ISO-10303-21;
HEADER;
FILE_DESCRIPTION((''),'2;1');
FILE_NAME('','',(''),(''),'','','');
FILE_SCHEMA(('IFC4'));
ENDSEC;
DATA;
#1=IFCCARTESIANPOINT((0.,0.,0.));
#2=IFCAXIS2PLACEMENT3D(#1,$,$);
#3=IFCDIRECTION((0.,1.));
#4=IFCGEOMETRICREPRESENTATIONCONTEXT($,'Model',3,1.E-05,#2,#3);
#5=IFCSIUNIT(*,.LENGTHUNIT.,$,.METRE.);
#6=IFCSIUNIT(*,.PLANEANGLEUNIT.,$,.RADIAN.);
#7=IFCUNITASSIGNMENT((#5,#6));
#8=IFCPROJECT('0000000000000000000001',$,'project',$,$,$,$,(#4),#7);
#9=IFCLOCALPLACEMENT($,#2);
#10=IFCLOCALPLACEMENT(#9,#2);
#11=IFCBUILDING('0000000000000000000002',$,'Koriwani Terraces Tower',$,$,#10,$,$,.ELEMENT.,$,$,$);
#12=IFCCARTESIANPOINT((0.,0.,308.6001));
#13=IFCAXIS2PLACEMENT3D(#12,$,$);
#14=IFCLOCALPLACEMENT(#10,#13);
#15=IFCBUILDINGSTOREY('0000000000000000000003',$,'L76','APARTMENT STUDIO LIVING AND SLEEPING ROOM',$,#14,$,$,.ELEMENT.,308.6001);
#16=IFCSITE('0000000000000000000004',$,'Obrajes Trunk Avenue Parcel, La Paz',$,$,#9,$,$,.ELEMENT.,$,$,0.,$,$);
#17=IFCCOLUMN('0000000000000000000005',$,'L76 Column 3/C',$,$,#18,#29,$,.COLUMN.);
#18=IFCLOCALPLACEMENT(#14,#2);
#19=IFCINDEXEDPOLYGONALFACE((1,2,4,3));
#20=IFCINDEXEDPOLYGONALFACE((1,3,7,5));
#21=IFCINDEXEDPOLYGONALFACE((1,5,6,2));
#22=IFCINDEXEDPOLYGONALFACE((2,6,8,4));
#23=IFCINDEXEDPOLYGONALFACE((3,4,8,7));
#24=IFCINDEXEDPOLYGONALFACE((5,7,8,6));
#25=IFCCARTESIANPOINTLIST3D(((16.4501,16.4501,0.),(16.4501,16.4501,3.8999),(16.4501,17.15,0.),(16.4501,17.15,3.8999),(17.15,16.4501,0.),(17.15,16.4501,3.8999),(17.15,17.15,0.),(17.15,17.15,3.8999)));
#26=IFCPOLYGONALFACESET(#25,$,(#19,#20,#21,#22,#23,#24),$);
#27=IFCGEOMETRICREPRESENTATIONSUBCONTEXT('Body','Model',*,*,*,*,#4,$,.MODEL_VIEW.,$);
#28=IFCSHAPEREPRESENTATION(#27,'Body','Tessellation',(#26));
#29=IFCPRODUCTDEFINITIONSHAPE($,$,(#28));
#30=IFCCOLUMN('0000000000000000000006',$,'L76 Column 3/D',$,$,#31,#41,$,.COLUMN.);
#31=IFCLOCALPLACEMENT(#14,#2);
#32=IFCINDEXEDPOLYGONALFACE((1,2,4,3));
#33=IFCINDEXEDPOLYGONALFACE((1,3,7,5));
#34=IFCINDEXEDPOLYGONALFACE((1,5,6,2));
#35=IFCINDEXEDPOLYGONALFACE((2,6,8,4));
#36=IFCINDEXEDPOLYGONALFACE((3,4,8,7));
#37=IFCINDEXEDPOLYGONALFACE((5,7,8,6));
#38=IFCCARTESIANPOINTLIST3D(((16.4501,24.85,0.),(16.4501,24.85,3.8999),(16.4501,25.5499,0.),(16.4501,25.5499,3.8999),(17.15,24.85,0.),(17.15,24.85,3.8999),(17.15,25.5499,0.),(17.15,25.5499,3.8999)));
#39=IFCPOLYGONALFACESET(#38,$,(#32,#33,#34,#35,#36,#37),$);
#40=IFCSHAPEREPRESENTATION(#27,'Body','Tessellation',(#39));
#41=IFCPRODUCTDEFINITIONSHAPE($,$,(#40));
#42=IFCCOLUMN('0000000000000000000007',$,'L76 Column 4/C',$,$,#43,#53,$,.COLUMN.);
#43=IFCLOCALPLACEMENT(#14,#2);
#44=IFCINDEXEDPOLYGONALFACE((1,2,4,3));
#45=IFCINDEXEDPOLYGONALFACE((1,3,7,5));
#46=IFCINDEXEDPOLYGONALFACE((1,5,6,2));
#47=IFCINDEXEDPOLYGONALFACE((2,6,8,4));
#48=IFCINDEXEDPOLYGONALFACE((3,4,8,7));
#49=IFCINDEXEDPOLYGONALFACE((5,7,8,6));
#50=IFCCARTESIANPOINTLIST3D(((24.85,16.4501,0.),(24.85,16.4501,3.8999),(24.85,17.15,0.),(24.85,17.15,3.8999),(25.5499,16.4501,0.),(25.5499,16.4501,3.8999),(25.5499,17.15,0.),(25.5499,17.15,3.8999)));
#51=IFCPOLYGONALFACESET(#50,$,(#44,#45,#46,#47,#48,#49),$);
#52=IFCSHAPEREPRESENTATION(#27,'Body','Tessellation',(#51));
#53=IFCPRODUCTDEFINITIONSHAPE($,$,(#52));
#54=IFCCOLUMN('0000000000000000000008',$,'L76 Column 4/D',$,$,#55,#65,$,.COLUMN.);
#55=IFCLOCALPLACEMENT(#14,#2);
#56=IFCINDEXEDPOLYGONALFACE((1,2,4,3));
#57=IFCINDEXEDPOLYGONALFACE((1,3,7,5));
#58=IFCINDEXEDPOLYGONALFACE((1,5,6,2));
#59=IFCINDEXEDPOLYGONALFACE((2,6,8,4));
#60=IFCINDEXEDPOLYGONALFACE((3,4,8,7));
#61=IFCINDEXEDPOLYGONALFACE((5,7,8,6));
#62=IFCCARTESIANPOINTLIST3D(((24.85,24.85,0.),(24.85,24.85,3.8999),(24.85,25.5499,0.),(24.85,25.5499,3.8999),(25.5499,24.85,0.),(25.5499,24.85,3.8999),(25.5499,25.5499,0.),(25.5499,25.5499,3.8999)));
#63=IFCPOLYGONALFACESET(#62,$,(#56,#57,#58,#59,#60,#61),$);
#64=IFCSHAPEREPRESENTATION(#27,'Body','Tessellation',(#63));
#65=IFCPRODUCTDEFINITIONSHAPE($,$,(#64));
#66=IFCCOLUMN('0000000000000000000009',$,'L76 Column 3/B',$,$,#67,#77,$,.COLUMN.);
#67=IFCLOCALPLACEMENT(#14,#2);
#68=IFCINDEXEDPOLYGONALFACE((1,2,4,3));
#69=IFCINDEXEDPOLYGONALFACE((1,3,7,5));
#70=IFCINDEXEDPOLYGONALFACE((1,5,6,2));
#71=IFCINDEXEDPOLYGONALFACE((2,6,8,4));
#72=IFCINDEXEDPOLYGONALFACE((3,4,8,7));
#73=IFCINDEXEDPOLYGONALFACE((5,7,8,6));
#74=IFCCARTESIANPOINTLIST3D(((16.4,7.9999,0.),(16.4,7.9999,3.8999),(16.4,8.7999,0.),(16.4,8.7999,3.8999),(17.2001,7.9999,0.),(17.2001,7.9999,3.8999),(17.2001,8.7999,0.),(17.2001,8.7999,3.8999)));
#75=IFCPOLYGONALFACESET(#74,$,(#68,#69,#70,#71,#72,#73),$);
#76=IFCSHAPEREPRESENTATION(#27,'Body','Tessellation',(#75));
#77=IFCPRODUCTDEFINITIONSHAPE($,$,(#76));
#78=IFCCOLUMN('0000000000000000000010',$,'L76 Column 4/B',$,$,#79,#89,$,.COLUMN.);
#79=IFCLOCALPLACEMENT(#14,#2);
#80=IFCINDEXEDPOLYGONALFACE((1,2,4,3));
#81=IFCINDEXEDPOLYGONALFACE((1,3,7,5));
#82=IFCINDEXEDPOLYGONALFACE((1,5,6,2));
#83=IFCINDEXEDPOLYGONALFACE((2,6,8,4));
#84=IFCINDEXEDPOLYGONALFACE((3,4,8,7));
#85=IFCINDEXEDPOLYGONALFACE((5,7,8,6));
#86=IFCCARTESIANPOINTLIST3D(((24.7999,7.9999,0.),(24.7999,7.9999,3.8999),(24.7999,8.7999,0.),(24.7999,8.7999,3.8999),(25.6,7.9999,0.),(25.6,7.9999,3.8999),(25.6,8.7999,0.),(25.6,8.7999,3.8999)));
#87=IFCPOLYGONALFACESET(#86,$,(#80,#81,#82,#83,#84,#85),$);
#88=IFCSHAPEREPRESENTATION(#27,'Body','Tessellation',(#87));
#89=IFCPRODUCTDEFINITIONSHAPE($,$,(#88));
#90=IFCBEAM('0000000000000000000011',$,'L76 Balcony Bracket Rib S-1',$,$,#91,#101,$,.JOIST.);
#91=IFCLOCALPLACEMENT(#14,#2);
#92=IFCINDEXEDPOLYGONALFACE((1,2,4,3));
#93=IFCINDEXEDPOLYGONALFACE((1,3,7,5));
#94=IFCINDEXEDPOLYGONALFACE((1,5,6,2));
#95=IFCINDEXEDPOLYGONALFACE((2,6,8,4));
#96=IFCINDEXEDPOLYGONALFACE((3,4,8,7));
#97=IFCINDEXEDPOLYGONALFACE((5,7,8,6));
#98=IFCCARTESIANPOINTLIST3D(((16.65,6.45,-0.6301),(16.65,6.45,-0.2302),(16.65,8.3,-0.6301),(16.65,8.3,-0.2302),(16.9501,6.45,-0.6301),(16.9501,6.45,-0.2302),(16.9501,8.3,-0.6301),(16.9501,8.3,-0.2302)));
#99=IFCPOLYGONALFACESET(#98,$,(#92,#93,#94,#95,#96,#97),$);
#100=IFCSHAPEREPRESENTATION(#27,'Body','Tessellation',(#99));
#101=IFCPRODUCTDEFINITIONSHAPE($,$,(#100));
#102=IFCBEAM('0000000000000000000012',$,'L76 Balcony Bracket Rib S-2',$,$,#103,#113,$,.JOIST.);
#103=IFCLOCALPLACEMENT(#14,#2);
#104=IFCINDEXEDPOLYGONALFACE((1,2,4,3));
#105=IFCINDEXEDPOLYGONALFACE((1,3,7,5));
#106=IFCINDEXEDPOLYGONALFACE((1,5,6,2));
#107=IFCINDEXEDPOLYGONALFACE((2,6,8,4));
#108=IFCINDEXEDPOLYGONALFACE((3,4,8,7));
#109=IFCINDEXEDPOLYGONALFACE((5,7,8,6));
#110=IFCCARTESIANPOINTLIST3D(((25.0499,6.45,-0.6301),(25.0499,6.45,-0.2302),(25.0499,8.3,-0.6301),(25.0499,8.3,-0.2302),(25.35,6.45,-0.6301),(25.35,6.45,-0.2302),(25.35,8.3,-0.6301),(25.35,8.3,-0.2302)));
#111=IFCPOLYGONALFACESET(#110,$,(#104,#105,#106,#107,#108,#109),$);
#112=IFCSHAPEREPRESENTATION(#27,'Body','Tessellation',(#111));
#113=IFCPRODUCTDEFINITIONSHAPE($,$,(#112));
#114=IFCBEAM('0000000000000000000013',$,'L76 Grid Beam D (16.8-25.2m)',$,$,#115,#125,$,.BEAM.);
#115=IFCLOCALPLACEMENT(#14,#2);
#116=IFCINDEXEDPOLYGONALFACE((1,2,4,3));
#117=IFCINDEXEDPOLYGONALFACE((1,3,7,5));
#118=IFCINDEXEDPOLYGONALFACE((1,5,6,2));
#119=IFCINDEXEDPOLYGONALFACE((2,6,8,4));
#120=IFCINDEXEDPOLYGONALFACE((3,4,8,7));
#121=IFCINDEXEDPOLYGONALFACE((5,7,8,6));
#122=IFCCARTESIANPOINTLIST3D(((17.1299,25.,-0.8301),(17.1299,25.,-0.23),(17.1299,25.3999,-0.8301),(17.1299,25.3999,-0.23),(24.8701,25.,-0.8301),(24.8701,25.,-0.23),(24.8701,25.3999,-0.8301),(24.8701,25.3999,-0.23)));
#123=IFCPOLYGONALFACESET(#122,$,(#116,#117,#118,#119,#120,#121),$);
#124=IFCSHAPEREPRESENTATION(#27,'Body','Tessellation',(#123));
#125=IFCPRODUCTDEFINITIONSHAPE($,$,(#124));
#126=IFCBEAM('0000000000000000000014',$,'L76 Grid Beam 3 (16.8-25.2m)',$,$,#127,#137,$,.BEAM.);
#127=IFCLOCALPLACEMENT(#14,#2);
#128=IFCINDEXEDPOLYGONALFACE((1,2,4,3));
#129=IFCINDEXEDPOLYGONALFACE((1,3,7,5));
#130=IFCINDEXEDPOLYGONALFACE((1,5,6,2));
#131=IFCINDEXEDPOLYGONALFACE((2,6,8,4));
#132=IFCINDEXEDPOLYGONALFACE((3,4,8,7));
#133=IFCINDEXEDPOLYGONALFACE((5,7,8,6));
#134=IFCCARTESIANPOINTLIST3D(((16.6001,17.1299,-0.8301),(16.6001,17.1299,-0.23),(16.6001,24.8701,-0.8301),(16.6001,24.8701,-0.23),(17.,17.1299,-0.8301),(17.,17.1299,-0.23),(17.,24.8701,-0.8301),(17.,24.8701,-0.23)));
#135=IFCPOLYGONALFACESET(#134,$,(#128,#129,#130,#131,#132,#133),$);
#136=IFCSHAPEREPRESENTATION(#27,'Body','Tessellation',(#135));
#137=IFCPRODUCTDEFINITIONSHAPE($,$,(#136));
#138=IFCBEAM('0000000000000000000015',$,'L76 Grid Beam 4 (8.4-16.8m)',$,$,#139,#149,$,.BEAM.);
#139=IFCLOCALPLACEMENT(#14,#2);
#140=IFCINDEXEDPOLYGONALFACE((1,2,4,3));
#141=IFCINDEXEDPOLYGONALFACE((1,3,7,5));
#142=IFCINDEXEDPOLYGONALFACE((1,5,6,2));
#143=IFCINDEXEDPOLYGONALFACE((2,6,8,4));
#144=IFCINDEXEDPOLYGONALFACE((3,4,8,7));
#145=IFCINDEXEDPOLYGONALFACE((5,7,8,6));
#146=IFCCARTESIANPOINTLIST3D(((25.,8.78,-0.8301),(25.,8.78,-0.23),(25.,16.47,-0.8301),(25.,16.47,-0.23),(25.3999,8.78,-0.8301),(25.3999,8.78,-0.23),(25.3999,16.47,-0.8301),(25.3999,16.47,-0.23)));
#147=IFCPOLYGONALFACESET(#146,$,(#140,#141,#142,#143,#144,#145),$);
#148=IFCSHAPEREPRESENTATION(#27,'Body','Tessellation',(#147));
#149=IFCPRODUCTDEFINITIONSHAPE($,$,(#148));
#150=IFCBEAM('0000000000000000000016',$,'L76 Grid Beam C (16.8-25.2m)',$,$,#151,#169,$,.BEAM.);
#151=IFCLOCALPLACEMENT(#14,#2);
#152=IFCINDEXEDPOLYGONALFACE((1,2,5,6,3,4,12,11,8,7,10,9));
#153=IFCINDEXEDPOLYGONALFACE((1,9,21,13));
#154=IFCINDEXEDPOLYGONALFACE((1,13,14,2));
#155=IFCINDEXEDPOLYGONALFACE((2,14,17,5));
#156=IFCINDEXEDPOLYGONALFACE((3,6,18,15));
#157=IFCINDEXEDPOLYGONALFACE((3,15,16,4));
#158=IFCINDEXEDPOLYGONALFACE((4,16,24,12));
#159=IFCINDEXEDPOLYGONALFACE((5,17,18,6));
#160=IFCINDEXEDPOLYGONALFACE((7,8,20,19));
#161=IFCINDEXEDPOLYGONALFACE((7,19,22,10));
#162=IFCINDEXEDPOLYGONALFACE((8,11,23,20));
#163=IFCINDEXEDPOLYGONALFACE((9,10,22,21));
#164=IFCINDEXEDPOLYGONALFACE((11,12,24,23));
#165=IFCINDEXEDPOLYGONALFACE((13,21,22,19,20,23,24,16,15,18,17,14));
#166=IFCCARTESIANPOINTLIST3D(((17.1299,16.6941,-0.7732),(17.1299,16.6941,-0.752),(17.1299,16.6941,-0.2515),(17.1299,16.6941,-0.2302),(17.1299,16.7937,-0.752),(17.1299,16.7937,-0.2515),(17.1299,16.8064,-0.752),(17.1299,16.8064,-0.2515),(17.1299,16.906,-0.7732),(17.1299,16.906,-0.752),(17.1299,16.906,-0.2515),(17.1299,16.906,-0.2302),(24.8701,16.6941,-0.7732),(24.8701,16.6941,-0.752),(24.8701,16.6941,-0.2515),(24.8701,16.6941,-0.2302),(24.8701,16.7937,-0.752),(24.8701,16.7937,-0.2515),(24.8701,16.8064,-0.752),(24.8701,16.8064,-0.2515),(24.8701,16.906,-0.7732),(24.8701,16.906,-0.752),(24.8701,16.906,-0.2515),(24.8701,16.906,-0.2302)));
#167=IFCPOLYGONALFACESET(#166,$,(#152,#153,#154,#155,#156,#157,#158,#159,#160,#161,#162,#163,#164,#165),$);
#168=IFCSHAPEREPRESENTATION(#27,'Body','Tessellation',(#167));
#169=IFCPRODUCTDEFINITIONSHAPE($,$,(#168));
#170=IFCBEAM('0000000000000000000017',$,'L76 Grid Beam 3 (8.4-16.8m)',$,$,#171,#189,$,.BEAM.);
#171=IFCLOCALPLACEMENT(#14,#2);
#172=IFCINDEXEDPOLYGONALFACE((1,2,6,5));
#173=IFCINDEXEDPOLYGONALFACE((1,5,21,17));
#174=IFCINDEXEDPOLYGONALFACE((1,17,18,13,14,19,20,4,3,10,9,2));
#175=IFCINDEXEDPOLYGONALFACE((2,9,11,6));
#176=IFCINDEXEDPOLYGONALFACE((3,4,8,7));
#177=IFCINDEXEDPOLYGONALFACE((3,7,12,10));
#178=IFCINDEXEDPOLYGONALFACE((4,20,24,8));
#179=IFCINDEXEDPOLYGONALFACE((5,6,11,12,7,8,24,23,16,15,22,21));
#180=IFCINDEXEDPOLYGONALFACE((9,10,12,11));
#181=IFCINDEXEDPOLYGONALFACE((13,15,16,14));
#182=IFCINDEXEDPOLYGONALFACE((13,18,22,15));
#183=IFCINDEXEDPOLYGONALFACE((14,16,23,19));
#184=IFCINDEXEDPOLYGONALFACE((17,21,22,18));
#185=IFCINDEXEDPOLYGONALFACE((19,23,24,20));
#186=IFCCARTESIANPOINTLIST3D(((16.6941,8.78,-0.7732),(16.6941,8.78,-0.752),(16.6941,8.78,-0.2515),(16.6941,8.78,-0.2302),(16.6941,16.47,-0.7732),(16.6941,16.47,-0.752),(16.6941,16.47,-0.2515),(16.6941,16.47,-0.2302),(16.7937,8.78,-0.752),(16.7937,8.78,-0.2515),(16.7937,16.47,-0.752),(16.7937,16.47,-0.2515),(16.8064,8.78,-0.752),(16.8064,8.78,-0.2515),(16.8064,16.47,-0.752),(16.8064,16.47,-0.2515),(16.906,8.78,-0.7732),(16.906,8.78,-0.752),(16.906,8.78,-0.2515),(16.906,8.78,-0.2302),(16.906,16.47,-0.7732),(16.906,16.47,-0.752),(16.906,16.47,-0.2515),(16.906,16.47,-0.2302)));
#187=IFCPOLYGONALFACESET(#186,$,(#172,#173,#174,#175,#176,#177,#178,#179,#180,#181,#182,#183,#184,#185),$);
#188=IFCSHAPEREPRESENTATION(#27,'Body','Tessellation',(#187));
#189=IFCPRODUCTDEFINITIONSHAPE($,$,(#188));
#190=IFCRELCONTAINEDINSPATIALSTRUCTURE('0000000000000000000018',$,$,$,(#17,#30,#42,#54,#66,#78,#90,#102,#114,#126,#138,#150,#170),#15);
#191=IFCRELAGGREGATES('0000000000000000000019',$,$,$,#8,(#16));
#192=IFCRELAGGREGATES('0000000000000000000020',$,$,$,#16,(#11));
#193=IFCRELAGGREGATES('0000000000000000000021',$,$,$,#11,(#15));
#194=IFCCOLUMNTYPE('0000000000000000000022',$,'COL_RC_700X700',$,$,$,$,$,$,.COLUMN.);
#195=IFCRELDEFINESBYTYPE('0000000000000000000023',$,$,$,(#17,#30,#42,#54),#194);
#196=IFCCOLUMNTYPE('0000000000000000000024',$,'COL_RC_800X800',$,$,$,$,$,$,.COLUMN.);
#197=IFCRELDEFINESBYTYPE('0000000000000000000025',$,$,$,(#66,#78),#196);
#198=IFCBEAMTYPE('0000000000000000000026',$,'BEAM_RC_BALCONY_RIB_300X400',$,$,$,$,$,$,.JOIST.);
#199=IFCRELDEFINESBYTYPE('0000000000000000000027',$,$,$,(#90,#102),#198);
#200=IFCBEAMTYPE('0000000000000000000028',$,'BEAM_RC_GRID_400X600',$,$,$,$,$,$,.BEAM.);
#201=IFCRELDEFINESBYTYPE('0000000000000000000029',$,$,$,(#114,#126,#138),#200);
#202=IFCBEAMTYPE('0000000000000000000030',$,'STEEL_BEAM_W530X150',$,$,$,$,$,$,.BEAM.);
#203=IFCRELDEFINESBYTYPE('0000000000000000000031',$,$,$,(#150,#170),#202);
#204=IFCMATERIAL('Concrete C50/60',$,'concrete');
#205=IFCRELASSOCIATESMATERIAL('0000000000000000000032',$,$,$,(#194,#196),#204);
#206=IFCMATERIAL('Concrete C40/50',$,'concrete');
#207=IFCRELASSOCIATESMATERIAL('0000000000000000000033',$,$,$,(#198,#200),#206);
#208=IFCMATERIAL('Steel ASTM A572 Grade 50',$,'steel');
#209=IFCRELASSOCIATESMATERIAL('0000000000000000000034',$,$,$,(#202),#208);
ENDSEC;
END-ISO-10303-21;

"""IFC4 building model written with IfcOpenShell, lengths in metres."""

from ifc_helpers import new_model, si_unit, direction, frame, origin, origin_2d, place, context, subcontext, project, spatial, rectangle, i_section, extrude, material, material_profile, profile_set, type_object, element, save


model = new_model("IFC4")

# Units and contexts
model_context = context("Model", 3, precision=1e-05, world=origin(), true_north=direction((0.0, 1.0)))
body_context = subcontext(model_context, "Body", "Model", "MODEL_VIEW")
ifc_project = project(units=[si_unit("LENGTHUNIT", "METRE"), si_unit("PLANEANGLEUNIT", "RADIAN")], contexts=[model_context])

# Site, building, storey
site_placement = place(None, origin())
site = spatial("IfcSite", under=ifc_project, at=site_placement, Name="Obrajes Trunk Avenue Parcel, La Paz", CompositionType="ELEMENT", RefElevation=0.0)
building_placement = place(site_placement, origin())
building = spatial("IfcBuilding", under=site, at=building_placement, Name="Koriwani Terraces Tower", CompositionType="ELEMENT")
storey_placement = place(building_placement, frame((0.0, 0.0, 308.6001)))
storey = spatial("IfcBuildingStorey", under=building, at=storey_placement, Name="L76", Description="APARTMENT STUDIO LIVING AND SLEEPING ROOM", CompositionType="ELEMENT", Elevation=308.6001)

# Columns
ifc_material_1 = material(Name="Concrete C50/60", Category="concrete")
ifc_material_profile_1 = material_profile(ifc_material_1, rectangle(XDim=0.7, YDim=0.7, at=origin_2d()), Name="Concrete C50/60", Category="LoadBearing")
ifc_profile_set_1 = profile_set([ifc_material_profile_1], Name="Concrete C50/60")
column_type_1 = type_object("IfcColumnType", Name="COL_RC_700X700", PredefinedType="COLUMN", material=ifc_profile_set_1)
for number, where, z_axis, x_axis, name in (
    (1, (16.8, 16.8, 0.0), (0.0, 0.0, 1.0), (1.0, 0.0, 0.0), "L76 Column 3/C"),
    (2, (16.8, 25.2, 0.0), (0.0, 0.0, 1.0), (1.0, 0.0, 0.0), "L76 Column 3/D"),
    (3, (25.2, 16.8, 0.0), (0.0, 0.0, 1.0), (1.0, 0.0, 0.0), "L76 Column 4/C"),
    (4, (25.2, 25.2, 0.0), (0.0, 0.0, 1.0), (1.0, 0.0, 0.0), "L76 Column 4/D"),
):
    element("IfcColumn", number, at=place(storey_placement, frame(where, z_axis=z_axis, x_axis=x_axis)), inside=storey, type_object=column_type_1, Name=name, PredefinedType="COLUMN", context=body_context, shape_type="SweptSolid", body=[
        extrude(rectangle(XDim=0.7, YDim=0.7, at=origin_2d()), origin(), (0.0, 0.0, 1.0), 3.8999),
    ])
ifc_material_profile_2 = material_profile(ifc_material_1, rectangle(XDim=0.8, YDim=0.8, at=origin_2d()), Name="Concrete C50/60", Category="LoadBearing")
ifc_profile_set_2 = profile_set([ifc_material_profile_2], Name="Concrete C50/60")
column_type_2 = type_object("IfcColumnType", Name="COL_RC_800X800", PredefinedType="COLUMN", material=ifc_profile_set_2)
for number, where, z_axis, x_axis, name in (
    (5, (16.8, 8.3999, 0.0), (0.0, 0.0, 1.0), (1.0, 0.0, 0.0), "L76 Column 3/B"),
    (6, (25.2, 8.3999, 0.0), (0.0, 0.0, 1.0), (1.0, 0.0, 0.0), "L76 Column 4/B"),
):
    element("IfcColumn", number, at=place(storey_placement, frame(where, z_axis=z_axis, x_axis=x_axis)), inside=storey, type_object=column_type_2, Name=name, PredefinedType="COLUMN", context=body_context, shape_type="SweptSolid", body=[
        extrude(rectangle(XDim=0.8, YDim=0.8, at=origin_2d()), origin(), (0.0, 0.0, 1.0), 3.8999),
    ])

# Beams
ifc_material_2 = material(Name="Concrete C40/50", Category="concrete")
ifc_material_profile_3 = material_profile(ifc_material_2, rectangle(XDim=0.3, YDim=0.3999, at=origin_2d()), Name="Concrete C40/50", Category="LoadBearing")
ifc_profile_set_3 = profile_set([ifc_material_profile_3], Name="Concrete C40/50")
beam_type_1 = type_object("IfcBeamType", Name="BEAM_RC_BALCONY_RIB_300X400", PredefinedType="JOIST", material=ifc_profile_set_3)
for number, where, z_axis, x_axis, name in (
    (7, (16.8, 6.45, -0.4302), (0.0, 1.0, 0.0), (-1.0, 0.0, 0.0), "L76 Balcony Bracket Rib S-1"),
    (8, (25.2, 6.45, -0.4302), (0.0, 1.0, 0.0), (-1.0, 0.0, 0.0), "L76 Balcony Bracket Rib S-2"),
):
    element("IfcBeam", number, at=place(storey_placement, frame(where, z_axis=z_axis, x_axis=x_axis)), inside=storey, type_object=beam_type_1, Name=name, PredefinedType="JOIST", context=body_context, shape_type="SweptSolid", body=[
        extrude(rectangle(XDim=0.3, YDim=0.3999, at=origin_2d()), origin(), (0.0, 0.0, 1.0), 1.8501),
    ])
ifc_material_profile_4 = material_profile(ifc_material_2, rectangle(XDim=0.3999, YDim=0.6001, at=origin_2d()), Name="Concrete C40/50", Category="LoadBearing")
ifc_profile_set_4 = profile_set([ifc_material_profile_4], Name="Concrete C40/50")
beam_type_2 = type_object("IfcBeamType", Name="BEAM_RC_GRID_400X600", PredefinedType="BEAM", material=ifc_profile_set_4)
for number, where, z_axis, x_axis, name in (
    (9, (17.1299, 25.2, -0.53), (1.0, 0.0, 0.0), (0.0, 1.0, 0.0), "L76 Grid Beam D (16.8-25.2m)"),
    (10, (16.8, 17.1299, -0.53), (0.0, 1.0, 0.0), (-1.0, 0.0, 0.0), "L76 Grid Beam 3 (16.8-25.2m)"),
):
    element("IfcBeam", number, at=place(storey_placement, frame(where, z_axis=z_axis, x_axis=x_axis)), inside=storey, type_object=beam_type_2, Name=name, PredefinedType="BEAM", context=body_context, shape_type="SweptSolid", body=[
        extrude(rectangle(XDim=0.3999, YDim=0.6001, at=origin_2d()), origin(), (0.0, 0.0, 1.0), 7.7402),
    ])
beam_1_placement = place(storey_placement, frame((25.2, 8.78, -0.53), z_axis=(0.0, 1.0, 0.0), x_axis=(-1.0, 0.0, 0.0)))
element("IfcBeam", 11, at=beam_1_placement, inside=storey, type_object=beam_type_2, Name="L76 Grid Beam 4 (8.4-16.8m)", PredefinedType="BEAM", context=body_context, shape_type="SweptSolid", body=[
    extrude(rectangle(XDim=0.3999, YDim=0.6001, at=origin_2d()), origin(), (0.0, 0.0, 1.0), 7.6899),
])
ifc_material_3 = material(Name="Steel ASTM A572 Grade 50", Category="steel")
ifc_material_profile_5 = material_profile(ifc_material_3, i_section(OverallWidth=0.2119, OverallDepth=0.543, WebThickness=0.0127, FlangeThickness=0.0212, at=origin_2d()), Name="Steel ASTM A572 Grade 50", Category="LoadBearing")
ifc_profile_set_5 = profile_set([ifc_material_profile_5], Name="Steel ASTM A572 Grade 50")
beam_type_3 = type_object("IfcBeamType", Name="STEEL_BEAM_W530X150", PredefinedType="BEAM", material=ifc_profile_set_5)
beam_2_placement = place(storey_placement, frame((17.1299, 16.8, -0.5017), z_axis=(1.0, 0.0, 0.0), x_axis=(0.0, 1.0, 0.0)))
element("IfcBeam", 12, at=beam_2_placement, inside=storey, type_object=beam_type_3, Name="L76 Grid Beam C (16.8-25.2m)", PredefinedType="BEAM", context=body_context, shape_type="SweptSolid", body=[
    extrude(i_section(OverallWidth=0.2119, OverallDepth=0.543, WebThickness=0.0127, FlangeThickness=0.0212, at=origin_2d()), origin(), (0.0, 0.0, 1.0), 7.7402),
])
beam_3_placement = place(storey_placement, frame((16.8, 8.78, -0.5017), z_axis=(0.0, 1.0, 0.0), x_axis=(-1.0, 0.0, 0.0)))
element("IfcBeam", 13, at=beam_3_placement, inside=storey, type_object=beam_type_3, Name="L76 Grid Beam 3 (8.4-16.8m)", PredefinedType="BEAM", context=body_context, shape_type="SweptSolid", body=[
    extrude(i_section(OverallWidth=0.2119, OverallDepth=0.543, WebThickness=0.0127, FlangeThickness=0.0212, at=origin_2d()), origin(), (0.0, 0.0, 1.0), 7.6899),
])

save(model, "model.ifc")
